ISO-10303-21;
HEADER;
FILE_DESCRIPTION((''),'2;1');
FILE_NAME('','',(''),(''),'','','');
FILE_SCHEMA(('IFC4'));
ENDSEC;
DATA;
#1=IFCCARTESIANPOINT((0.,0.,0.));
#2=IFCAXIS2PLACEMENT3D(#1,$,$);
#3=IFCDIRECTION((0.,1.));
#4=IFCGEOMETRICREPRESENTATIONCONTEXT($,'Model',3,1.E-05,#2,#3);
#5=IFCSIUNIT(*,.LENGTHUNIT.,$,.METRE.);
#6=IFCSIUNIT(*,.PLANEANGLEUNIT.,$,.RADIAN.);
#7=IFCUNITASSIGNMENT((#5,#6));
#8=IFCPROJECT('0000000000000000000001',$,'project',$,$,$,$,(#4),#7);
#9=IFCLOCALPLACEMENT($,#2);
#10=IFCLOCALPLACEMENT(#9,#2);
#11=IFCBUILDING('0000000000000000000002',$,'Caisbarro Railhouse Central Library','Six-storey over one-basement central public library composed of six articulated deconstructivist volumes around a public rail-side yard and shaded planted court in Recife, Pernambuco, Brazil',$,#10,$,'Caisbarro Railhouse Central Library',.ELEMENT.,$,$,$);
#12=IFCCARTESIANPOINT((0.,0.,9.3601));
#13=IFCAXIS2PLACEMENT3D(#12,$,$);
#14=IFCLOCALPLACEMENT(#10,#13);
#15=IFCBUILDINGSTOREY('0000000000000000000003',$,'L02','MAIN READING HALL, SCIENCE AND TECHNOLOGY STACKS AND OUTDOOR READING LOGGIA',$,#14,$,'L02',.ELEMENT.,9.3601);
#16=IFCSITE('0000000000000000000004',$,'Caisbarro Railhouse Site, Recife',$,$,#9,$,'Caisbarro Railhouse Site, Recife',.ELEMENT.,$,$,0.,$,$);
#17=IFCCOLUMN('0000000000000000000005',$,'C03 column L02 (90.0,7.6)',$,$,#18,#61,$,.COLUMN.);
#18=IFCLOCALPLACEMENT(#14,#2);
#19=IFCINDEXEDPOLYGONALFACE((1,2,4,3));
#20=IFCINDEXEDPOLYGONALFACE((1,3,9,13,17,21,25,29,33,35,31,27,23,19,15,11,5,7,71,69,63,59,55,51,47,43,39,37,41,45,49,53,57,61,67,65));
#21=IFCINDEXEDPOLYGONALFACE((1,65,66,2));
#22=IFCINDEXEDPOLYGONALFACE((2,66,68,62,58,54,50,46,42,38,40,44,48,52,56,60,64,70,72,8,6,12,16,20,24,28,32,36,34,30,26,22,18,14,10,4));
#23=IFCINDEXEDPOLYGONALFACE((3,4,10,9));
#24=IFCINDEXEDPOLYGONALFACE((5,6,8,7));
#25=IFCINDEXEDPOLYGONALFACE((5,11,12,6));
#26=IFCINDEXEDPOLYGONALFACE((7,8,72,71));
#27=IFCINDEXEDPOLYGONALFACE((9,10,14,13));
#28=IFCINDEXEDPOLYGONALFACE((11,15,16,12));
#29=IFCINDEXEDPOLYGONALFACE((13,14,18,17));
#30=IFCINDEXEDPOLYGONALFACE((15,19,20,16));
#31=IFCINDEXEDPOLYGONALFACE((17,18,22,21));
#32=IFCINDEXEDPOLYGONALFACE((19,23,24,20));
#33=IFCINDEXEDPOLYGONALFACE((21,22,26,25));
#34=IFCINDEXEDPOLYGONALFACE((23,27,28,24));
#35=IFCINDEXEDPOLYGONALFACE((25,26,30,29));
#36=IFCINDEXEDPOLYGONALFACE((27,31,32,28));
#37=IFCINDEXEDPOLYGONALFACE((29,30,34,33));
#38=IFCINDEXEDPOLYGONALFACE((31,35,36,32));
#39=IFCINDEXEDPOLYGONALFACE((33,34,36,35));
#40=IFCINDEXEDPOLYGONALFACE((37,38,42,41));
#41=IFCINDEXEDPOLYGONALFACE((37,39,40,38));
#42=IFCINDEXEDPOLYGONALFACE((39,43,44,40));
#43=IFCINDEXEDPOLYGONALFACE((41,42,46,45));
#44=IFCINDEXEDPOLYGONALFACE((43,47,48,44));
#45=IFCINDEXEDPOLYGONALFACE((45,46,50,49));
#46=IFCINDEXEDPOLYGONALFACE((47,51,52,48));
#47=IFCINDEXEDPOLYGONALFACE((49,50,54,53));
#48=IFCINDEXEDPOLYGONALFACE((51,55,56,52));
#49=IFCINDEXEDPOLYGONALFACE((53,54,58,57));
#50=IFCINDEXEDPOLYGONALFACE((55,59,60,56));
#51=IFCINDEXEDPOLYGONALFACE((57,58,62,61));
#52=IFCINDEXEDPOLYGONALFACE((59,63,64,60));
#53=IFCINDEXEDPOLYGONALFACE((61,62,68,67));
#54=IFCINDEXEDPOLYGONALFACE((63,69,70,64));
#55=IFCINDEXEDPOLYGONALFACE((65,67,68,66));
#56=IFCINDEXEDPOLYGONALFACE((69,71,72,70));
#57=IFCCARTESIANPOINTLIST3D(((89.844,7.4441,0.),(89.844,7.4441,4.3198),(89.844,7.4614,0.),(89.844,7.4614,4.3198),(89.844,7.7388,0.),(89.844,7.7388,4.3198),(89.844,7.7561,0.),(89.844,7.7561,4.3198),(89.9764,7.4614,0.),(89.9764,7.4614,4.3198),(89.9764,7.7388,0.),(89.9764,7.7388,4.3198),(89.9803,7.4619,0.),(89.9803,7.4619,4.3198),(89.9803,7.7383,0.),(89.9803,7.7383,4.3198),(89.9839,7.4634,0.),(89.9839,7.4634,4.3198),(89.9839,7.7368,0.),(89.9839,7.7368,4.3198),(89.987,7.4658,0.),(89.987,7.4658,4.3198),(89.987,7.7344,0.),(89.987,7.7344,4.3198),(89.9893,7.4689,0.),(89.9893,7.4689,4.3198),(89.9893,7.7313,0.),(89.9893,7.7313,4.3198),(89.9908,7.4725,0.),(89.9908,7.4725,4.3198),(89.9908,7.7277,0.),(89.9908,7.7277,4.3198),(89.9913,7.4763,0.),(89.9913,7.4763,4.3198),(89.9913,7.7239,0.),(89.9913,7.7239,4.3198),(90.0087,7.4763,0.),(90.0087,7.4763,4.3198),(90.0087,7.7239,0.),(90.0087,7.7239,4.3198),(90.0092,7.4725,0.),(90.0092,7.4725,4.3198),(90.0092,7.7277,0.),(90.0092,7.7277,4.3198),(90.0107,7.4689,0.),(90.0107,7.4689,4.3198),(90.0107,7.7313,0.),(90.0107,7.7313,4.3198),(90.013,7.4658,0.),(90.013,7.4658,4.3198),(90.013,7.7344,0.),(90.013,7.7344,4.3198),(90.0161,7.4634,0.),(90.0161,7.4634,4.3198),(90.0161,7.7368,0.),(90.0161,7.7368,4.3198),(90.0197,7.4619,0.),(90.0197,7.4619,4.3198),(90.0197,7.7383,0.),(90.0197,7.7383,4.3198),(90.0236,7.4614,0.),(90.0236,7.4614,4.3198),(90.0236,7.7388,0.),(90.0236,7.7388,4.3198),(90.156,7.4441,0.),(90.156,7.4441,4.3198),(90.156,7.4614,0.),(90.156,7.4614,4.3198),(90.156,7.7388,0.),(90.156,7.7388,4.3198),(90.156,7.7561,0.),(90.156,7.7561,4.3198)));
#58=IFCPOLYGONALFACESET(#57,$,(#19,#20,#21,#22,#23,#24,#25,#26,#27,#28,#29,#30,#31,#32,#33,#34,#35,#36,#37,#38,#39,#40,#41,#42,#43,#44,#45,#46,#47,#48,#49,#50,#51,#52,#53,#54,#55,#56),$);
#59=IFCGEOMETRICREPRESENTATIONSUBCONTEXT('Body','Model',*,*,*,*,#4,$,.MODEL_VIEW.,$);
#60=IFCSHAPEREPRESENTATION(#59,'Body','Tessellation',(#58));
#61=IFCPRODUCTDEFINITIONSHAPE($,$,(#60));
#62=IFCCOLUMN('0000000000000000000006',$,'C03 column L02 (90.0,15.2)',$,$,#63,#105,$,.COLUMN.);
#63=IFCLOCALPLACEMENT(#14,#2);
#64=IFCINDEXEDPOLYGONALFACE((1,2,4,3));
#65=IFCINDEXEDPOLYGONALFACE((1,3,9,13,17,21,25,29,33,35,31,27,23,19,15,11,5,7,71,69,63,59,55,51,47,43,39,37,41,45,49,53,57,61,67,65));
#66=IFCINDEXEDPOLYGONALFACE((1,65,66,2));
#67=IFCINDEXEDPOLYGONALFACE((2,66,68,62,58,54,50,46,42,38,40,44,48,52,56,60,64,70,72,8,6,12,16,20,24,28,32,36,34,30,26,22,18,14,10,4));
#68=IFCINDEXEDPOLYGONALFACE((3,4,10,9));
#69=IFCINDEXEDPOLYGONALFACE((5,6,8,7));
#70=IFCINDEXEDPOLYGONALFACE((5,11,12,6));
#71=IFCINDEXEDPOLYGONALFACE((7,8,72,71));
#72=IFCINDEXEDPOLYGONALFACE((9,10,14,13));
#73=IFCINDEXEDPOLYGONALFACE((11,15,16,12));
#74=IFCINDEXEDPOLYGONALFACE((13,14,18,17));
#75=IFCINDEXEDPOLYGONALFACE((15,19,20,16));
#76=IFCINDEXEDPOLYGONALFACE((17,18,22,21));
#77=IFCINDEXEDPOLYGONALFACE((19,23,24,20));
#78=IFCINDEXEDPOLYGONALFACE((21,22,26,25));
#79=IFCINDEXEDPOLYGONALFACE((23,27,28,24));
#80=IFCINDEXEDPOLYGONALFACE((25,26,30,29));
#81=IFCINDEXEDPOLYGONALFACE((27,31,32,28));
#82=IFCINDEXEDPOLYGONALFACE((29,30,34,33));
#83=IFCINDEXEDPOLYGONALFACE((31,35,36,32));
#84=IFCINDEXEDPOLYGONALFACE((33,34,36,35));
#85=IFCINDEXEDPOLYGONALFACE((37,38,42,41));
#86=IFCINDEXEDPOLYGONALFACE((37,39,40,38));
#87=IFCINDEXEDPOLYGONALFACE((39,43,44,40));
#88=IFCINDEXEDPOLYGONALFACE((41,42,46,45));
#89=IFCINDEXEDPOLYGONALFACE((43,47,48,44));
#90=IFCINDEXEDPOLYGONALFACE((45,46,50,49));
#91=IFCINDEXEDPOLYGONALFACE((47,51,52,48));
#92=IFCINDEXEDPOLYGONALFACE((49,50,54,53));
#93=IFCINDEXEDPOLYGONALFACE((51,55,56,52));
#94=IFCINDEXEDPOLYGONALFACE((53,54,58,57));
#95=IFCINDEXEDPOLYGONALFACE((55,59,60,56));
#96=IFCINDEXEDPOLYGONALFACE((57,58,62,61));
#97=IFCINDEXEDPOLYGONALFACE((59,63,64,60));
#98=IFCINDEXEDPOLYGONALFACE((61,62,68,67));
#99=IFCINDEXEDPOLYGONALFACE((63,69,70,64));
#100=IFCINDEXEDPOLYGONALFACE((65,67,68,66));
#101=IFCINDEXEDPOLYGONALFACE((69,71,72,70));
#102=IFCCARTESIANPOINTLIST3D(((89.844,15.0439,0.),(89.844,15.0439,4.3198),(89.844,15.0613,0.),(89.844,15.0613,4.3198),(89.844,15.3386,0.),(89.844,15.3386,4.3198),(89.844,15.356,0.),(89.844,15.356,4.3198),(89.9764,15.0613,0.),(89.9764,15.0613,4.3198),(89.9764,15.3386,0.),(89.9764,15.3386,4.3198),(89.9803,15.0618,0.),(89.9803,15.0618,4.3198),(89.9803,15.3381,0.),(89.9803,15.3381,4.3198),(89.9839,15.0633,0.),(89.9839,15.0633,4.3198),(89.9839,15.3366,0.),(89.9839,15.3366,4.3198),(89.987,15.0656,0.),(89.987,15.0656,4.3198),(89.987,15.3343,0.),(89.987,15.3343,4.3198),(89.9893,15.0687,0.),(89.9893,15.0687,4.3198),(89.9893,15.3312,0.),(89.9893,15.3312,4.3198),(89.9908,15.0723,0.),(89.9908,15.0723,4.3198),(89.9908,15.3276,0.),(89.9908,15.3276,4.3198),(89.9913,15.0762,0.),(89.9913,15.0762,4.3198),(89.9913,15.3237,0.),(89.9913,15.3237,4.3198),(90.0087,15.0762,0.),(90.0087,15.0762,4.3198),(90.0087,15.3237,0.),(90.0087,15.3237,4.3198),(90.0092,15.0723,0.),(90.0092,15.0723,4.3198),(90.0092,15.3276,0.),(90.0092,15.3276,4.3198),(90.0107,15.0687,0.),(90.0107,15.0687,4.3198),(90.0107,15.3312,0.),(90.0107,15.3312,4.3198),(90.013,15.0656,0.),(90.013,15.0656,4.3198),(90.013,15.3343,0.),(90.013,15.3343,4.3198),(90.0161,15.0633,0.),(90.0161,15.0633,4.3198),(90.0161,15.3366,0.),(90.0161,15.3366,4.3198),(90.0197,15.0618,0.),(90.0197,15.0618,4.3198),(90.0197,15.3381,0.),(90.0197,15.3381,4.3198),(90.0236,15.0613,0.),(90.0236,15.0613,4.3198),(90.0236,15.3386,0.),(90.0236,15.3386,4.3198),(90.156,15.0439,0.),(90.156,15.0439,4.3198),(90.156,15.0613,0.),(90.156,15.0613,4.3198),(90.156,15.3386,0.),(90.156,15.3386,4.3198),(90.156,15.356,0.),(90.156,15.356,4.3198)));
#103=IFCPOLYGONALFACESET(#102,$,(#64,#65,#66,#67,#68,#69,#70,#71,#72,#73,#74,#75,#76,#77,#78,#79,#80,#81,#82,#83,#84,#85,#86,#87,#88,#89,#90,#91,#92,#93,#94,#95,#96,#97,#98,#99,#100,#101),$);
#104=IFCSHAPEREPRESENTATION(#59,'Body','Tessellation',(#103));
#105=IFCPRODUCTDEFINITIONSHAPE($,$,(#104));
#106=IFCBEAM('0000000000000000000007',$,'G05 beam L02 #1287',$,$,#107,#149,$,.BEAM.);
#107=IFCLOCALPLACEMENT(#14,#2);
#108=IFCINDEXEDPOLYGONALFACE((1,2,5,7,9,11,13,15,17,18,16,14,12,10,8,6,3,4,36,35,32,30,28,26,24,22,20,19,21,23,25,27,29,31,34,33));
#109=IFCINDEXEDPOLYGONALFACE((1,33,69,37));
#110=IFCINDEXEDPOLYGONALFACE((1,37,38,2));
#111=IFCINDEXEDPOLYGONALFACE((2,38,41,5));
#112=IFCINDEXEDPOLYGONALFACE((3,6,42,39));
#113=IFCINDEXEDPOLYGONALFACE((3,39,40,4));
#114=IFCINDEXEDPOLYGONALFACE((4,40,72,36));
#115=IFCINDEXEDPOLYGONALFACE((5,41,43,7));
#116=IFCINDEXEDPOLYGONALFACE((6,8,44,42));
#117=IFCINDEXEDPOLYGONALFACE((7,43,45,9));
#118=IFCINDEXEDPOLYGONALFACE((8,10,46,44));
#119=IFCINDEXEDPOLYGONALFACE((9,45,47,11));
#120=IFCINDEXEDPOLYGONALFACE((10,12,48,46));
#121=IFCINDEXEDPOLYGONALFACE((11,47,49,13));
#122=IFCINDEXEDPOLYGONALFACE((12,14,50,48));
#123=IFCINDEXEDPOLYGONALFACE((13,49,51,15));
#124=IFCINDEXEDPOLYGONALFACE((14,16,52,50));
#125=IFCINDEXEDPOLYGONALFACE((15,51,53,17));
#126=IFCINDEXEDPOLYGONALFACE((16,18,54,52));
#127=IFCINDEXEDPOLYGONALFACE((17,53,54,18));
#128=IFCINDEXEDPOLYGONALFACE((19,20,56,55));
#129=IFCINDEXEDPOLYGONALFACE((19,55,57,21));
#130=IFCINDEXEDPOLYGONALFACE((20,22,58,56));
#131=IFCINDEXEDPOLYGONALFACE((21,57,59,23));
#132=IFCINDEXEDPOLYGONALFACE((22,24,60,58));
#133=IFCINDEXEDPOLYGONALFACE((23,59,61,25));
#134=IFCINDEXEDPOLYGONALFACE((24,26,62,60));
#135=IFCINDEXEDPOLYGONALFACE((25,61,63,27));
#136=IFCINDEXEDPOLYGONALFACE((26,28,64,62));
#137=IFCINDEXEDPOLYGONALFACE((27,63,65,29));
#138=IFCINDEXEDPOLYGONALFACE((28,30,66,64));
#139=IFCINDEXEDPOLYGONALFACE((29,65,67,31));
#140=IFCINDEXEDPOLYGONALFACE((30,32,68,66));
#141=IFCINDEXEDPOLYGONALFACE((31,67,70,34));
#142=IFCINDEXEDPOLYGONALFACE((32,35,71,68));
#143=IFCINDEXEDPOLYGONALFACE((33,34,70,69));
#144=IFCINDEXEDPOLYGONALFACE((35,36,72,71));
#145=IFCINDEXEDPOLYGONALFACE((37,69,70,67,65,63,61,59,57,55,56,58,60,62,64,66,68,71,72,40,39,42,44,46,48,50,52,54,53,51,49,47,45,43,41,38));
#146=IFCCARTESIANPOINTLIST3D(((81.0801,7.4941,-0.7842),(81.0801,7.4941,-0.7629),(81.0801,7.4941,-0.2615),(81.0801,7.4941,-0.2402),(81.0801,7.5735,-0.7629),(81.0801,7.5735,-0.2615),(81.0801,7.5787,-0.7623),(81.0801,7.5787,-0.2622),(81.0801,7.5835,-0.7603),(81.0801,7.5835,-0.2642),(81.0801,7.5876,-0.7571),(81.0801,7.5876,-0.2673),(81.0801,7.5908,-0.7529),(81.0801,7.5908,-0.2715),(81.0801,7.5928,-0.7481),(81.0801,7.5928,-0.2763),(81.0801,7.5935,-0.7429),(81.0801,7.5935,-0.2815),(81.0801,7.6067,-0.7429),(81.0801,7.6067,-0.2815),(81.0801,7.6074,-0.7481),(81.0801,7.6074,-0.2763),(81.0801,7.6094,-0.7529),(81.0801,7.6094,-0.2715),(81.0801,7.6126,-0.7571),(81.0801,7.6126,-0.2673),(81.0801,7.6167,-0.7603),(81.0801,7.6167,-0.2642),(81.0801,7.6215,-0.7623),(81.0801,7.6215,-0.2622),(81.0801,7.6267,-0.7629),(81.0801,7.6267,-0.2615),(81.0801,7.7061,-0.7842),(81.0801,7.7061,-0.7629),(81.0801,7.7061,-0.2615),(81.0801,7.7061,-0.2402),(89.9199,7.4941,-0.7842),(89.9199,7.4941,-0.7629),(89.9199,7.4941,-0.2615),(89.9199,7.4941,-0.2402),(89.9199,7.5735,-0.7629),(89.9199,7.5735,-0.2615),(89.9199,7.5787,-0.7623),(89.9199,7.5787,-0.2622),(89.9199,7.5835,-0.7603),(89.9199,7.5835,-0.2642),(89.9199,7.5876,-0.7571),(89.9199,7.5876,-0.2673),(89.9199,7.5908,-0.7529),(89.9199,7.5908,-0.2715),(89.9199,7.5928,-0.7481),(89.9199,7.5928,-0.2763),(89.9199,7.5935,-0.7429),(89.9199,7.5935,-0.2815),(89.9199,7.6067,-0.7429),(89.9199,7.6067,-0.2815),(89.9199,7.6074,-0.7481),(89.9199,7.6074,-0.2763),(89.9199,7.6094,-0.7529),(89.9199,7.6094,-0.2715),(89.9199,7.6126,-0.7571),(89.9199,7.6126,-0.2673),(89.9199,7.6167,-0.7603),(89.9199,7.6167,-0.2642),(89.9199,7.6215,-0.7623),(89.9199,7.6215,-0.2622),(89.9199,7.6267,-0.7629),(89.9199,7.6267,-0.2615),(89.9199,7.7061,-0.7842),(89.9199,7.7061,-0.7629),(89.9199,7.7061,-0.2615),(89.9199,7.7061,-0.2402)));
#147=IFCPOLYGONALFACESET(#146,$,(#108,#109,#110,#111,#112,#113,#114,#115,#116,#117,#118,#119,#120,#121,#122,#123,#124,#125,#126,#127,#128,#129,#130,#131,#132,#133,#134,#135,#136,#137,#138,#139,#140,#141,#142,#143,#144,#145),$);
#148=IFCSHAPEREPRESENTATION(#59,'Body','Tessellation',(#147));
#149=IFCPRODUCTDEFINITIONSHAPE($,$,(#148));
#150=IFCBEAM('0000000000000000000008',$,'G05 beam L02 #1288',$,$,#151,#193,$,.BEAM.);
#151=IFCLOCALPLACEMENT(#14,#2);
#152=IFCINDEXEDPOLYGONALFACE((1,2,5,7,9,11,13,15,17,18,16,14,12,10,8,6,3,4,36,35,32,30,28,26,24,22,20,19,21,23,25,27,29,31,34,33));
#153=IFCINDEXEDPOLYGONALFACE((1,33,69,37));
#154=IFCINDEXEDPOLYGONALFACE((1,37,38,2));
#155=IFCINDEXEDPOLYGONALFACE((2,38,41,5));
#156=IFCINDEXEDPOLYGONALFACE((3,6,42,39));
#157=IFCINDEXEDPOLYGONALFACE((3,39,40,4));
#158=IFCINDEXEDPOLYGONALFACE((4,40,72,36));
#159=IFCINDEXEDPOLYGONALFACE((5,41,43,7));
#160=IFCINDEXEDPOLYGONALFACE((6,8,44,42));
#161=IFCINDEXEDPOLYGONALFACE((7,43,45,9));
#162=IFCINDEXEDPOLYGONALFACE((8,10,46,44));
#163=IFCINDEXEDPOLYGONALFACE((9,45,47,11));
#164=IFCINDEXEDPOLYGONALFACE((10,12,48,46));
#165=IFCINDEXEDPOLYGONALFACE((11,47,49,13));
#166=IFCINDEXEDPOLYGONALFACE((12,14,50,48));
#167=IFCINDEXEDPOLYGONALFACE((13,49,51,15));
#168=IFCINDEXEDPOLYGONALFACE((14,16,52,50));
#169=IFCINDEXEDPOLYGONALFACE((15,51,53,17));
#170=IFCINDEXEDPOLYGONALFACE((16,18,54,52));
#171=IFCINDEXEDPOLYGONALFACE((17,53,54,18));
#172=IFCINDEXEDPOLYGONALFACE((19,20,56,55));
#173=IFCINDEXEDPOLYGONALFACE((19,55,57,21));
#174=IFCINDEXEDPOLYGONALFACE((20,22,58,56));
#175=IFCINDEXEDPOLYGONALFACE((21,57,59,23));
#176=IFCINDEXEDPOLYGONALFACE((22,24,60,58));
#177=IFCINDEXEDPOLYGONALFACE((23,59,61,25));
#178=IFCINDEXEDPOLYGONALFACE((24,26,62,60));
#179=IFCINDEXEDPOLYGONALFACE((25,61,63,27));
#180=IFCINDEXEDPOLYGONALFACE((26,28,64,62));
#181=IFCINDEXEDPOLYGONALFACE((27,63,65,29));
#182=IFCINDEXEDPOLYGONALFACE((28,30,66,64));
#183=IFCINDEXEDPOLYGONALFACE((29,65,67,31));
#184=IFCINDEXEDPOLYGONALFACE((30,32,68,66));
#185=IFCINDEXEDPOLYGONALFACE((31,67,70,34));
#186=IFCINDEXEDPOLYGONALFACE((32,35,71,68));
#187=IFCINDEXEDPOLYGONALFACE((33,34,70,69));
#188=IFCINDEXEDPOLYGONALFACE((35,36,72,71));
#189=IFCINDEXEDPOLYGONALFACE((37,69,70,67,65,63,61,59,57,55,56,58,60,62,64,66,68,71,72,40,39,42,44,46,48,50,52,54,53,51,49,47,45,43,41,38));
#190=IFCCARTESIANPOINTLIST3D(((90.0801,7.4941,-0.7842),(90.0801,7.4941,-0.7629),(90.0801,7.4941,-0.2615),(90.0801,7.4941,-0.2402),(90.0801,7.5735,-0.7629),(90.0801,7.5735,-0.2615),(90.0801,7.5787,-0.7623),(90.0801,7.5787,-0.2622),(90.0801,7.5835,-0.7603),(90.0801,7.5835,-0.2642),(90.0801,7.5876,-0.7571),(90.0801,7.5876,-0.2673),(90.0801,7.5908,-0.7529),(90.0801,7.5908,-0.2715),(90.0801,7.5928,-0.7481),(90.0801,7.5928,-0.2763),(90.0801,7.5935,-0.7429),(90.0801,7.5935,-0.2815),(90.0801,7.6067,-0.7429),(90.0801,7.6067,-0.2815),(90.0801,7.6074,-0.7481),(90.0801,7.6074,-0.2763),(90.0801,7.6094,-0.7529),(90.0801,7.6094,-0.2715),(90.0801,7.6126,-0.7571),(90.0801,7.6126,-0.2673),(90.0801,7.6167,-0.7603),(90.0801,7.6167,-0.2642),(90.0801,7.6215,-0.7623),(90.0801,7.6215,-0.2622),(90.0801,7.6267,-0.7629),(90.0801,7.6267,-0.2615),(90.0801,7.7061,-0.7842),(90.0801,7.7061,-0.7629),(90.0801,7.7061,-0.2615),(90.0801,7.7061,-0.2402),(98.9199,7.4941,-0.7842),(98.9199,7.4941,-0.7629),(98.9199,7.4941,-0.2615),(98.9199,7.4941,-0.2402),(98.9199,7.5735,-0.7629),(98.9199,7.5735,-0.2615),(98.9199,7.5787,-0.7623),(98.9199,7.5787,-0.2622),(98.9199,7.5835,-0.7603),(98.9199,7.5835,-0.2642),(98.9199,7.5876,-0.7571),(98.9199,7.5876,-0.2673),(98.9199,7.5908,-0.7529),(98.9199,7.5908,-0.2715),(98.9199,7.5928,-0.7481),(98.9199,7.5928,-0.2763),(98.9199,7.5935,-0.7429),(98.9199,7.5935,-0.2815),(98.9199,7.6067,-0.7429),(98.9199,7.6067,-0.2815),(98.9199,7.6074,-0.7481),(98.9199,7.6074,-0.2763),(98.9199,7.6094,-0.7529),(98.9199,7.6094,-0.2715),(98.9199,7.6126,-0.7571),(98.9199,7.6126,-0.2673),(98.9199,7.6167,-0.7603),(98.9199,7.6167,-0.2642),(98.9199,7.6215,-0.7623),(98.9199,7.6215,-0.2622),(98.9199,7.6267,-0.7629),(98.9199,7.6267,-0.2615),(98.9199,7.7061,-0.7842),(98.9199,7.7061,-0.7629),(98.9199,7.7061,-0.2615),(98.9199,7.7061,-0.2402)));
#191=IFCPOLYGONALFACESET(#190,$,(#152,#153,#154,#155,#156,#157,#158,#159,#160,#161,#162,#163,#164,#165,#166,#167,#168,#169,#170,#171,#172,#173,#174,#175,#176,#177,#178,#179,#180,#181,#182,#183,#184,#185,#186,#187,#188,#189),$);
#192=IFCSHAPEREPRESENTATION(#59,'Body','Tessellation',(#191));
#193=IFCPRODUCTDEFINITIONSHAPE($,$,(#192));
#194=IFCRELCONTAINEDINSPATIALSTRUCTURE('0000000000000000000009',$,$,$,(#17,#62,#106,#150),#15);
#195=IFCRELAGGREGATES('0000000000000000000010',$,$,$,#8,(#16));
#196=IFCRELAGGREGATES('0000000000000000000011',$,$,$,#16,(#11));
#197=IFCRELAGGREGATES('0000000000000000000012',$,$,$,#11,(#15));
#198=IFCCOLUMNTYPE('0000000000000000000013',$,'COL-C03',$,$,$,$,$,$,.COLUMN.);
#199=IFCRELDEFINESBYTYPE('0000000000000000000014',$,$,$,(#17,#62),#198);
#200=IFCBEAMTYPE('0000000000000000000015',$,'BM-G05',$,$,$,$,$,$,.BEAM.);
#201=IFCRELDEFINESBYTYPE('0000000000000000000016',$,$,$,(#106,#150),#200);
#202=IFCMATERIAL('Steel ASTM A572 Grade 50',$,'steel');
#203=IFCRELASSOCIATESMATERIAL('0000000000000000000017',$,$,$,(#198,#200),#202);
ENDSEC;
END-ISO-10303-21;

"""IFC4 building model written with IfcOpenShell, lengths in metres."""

from ifc_helpers import new_model, si_unit, direction, frame, origin, origin_2d, place, context, subcontext, project, spatial, i_section, extrude, material, material_profile, profile_set, type_object, element, save


model = new_model("IFC4")

# Units and contexts
model_context = context("Model", 3, precision=1e-05, world=origin(), true_north=direction((0.0, 1.0)))
body_context = subcontext(model_context, "Body", "Model", "MODEL_VIEW")
ifc_project = project(units=[si_unit("LENGTHUNIT", "METRE"), si_unit("PLANEANGLEUNIT", "RADIAN")], contexts=[model_context])

# Site, building, storey
site_placement = place(None, origin())
site = spatial("IfcSite", under=ifc_project, at=site_placement, Name="Caisbarro Railhouse Site, Recife", LongName="Caisbarro Railhouse Site, Recife", CompositionType="ELEMENT", RefElevation=0.0)
building_placement = place(site_placement, origin())
building = spatial("IfcBuilding", under=site, at=building_placement, Name="Caisbarro Railhouse Central Library", Description="Six-storey over one-basement central public library composed of six articulated deconstructivist volumes around a public rail-side yard and shaded planted court in Recife, Pernambuco, Brazil", LongName="Caisbarro Railhouse Central Library", CompositionType="ELEMENT")
storey_placement = place(building_placement, frame((0.0, 0.0, 9.3601)))
storey = spatial("IfcBuildingStorey", under=building, at=storey_placement, Name="L02", Description="MAIN READING HALL, SCIENCE AND TECHNOLOGY STACKS AND OUTDOOR READING LOGGIA", LongName="L02", CompositionType="ELEMENT", Elevation=9.3601)

# Columns
ifc_material_1 = material(Name="Steel ASTM A572 Grade 50", Category="steel")
ifc_material_profile_1 = material_profile(ifc_material_1, i_section(OverallWidth=0.312, OverallDepth=0.312, WebThickness=0.0173, FlangeThickness=0.0173, FilletRadius=0.0149, at=origin_2d()), Name="HP310X125.0")
ifc_profile_set_1 = profile_set([ifc_material_profile_1], Name="Steel ASTM A572 Grade 50")
column_type = type_object("IfcColumnType", Name="COL-C03", PredefinedType="COLUMN", material=ifc_profile_set_1)
for number, where, z_axis, x_axis, name in (
    (1, (90.0, 7.6001, 0.0), (0.0, 0.0, 1.0), (1.0, 0.0, 0.0), "C03 column L02 (90.0,7.6)"),
    (2, (90.0, 15.2, 0.0), (0.0, 0.0, 1.0), (1.0, 0.0, 0.0), "C03 column L02 (90.0,15.2)"),
):
    element("IfcColumn", number, at=place(storey_placement, frame(where, z_axis=z_axis, x_axis=x_axis)), inside=storey, type_object=column_type, Name=name, PredefinedType="COLUMN", context=body_context, shape_type="SweptSolid", body=[
        extrude(i_section(OverallWidth=0.312, OverallDepth=0.312, WebThickness=0.0173, FlangeThickness=0.0173, FilletRadius=0.0149, at=origin_2d()), origin(), (0.0, 0.0, 1.0), 4.3198),
    ])

# Beams
ifc_material_profile_2 = material_profile(ifc_material_1, i_section(OverallWidth=0.2119, OverallDepth=0.5439, WebThickness=0.0132, FlangeThickness=0.0212, FilletRadius=0.02, at=origin_2d()), Name="W530X123.0")
ifc_profile_set_2 = profile_set([ifc_material_profile_2], Name="Steel ASTM A572 Grade 50")
beam_type_1 = type_object("IfcBeamType", Name="BM-G05", PredefinedType="BEAM", material=ifc_profile_set_2)
for number, where, z_axis, x_axis, name in (
    (3, (81.0801, 7.6001, -0.5122), (1.0, 0.0, 0.0), (0.0, 1.0, 0.0), "G05 beam L02 #1287"),
    (4, (90.0801, 7.6001, -0.5122), (1.0, 0.0, 0.0), (0.0, 1.0, 0.0), "G05 beam L02 #1288"),
):
    element("IfcBeam", number, at=place(storey_placement, frame(where, z_axis=z_axis, x_axis=x_axis)), inside=storey, type_object=beam_type_1, Name=name, PredefinedType="BEAM", context=body_context, shape_type="SweptSolid", body=[
        extrude(i_section(OverallWidth=0.2119, OverallDepth=0.5439, WebThickness=0.0132, FlangeThickness=0.0212, FilletRadius=0.02, at=origin_2d()), origin(), (0.0, 0.0, 1.0), 8.8398),
    ])

save(model, "model.ifc")
